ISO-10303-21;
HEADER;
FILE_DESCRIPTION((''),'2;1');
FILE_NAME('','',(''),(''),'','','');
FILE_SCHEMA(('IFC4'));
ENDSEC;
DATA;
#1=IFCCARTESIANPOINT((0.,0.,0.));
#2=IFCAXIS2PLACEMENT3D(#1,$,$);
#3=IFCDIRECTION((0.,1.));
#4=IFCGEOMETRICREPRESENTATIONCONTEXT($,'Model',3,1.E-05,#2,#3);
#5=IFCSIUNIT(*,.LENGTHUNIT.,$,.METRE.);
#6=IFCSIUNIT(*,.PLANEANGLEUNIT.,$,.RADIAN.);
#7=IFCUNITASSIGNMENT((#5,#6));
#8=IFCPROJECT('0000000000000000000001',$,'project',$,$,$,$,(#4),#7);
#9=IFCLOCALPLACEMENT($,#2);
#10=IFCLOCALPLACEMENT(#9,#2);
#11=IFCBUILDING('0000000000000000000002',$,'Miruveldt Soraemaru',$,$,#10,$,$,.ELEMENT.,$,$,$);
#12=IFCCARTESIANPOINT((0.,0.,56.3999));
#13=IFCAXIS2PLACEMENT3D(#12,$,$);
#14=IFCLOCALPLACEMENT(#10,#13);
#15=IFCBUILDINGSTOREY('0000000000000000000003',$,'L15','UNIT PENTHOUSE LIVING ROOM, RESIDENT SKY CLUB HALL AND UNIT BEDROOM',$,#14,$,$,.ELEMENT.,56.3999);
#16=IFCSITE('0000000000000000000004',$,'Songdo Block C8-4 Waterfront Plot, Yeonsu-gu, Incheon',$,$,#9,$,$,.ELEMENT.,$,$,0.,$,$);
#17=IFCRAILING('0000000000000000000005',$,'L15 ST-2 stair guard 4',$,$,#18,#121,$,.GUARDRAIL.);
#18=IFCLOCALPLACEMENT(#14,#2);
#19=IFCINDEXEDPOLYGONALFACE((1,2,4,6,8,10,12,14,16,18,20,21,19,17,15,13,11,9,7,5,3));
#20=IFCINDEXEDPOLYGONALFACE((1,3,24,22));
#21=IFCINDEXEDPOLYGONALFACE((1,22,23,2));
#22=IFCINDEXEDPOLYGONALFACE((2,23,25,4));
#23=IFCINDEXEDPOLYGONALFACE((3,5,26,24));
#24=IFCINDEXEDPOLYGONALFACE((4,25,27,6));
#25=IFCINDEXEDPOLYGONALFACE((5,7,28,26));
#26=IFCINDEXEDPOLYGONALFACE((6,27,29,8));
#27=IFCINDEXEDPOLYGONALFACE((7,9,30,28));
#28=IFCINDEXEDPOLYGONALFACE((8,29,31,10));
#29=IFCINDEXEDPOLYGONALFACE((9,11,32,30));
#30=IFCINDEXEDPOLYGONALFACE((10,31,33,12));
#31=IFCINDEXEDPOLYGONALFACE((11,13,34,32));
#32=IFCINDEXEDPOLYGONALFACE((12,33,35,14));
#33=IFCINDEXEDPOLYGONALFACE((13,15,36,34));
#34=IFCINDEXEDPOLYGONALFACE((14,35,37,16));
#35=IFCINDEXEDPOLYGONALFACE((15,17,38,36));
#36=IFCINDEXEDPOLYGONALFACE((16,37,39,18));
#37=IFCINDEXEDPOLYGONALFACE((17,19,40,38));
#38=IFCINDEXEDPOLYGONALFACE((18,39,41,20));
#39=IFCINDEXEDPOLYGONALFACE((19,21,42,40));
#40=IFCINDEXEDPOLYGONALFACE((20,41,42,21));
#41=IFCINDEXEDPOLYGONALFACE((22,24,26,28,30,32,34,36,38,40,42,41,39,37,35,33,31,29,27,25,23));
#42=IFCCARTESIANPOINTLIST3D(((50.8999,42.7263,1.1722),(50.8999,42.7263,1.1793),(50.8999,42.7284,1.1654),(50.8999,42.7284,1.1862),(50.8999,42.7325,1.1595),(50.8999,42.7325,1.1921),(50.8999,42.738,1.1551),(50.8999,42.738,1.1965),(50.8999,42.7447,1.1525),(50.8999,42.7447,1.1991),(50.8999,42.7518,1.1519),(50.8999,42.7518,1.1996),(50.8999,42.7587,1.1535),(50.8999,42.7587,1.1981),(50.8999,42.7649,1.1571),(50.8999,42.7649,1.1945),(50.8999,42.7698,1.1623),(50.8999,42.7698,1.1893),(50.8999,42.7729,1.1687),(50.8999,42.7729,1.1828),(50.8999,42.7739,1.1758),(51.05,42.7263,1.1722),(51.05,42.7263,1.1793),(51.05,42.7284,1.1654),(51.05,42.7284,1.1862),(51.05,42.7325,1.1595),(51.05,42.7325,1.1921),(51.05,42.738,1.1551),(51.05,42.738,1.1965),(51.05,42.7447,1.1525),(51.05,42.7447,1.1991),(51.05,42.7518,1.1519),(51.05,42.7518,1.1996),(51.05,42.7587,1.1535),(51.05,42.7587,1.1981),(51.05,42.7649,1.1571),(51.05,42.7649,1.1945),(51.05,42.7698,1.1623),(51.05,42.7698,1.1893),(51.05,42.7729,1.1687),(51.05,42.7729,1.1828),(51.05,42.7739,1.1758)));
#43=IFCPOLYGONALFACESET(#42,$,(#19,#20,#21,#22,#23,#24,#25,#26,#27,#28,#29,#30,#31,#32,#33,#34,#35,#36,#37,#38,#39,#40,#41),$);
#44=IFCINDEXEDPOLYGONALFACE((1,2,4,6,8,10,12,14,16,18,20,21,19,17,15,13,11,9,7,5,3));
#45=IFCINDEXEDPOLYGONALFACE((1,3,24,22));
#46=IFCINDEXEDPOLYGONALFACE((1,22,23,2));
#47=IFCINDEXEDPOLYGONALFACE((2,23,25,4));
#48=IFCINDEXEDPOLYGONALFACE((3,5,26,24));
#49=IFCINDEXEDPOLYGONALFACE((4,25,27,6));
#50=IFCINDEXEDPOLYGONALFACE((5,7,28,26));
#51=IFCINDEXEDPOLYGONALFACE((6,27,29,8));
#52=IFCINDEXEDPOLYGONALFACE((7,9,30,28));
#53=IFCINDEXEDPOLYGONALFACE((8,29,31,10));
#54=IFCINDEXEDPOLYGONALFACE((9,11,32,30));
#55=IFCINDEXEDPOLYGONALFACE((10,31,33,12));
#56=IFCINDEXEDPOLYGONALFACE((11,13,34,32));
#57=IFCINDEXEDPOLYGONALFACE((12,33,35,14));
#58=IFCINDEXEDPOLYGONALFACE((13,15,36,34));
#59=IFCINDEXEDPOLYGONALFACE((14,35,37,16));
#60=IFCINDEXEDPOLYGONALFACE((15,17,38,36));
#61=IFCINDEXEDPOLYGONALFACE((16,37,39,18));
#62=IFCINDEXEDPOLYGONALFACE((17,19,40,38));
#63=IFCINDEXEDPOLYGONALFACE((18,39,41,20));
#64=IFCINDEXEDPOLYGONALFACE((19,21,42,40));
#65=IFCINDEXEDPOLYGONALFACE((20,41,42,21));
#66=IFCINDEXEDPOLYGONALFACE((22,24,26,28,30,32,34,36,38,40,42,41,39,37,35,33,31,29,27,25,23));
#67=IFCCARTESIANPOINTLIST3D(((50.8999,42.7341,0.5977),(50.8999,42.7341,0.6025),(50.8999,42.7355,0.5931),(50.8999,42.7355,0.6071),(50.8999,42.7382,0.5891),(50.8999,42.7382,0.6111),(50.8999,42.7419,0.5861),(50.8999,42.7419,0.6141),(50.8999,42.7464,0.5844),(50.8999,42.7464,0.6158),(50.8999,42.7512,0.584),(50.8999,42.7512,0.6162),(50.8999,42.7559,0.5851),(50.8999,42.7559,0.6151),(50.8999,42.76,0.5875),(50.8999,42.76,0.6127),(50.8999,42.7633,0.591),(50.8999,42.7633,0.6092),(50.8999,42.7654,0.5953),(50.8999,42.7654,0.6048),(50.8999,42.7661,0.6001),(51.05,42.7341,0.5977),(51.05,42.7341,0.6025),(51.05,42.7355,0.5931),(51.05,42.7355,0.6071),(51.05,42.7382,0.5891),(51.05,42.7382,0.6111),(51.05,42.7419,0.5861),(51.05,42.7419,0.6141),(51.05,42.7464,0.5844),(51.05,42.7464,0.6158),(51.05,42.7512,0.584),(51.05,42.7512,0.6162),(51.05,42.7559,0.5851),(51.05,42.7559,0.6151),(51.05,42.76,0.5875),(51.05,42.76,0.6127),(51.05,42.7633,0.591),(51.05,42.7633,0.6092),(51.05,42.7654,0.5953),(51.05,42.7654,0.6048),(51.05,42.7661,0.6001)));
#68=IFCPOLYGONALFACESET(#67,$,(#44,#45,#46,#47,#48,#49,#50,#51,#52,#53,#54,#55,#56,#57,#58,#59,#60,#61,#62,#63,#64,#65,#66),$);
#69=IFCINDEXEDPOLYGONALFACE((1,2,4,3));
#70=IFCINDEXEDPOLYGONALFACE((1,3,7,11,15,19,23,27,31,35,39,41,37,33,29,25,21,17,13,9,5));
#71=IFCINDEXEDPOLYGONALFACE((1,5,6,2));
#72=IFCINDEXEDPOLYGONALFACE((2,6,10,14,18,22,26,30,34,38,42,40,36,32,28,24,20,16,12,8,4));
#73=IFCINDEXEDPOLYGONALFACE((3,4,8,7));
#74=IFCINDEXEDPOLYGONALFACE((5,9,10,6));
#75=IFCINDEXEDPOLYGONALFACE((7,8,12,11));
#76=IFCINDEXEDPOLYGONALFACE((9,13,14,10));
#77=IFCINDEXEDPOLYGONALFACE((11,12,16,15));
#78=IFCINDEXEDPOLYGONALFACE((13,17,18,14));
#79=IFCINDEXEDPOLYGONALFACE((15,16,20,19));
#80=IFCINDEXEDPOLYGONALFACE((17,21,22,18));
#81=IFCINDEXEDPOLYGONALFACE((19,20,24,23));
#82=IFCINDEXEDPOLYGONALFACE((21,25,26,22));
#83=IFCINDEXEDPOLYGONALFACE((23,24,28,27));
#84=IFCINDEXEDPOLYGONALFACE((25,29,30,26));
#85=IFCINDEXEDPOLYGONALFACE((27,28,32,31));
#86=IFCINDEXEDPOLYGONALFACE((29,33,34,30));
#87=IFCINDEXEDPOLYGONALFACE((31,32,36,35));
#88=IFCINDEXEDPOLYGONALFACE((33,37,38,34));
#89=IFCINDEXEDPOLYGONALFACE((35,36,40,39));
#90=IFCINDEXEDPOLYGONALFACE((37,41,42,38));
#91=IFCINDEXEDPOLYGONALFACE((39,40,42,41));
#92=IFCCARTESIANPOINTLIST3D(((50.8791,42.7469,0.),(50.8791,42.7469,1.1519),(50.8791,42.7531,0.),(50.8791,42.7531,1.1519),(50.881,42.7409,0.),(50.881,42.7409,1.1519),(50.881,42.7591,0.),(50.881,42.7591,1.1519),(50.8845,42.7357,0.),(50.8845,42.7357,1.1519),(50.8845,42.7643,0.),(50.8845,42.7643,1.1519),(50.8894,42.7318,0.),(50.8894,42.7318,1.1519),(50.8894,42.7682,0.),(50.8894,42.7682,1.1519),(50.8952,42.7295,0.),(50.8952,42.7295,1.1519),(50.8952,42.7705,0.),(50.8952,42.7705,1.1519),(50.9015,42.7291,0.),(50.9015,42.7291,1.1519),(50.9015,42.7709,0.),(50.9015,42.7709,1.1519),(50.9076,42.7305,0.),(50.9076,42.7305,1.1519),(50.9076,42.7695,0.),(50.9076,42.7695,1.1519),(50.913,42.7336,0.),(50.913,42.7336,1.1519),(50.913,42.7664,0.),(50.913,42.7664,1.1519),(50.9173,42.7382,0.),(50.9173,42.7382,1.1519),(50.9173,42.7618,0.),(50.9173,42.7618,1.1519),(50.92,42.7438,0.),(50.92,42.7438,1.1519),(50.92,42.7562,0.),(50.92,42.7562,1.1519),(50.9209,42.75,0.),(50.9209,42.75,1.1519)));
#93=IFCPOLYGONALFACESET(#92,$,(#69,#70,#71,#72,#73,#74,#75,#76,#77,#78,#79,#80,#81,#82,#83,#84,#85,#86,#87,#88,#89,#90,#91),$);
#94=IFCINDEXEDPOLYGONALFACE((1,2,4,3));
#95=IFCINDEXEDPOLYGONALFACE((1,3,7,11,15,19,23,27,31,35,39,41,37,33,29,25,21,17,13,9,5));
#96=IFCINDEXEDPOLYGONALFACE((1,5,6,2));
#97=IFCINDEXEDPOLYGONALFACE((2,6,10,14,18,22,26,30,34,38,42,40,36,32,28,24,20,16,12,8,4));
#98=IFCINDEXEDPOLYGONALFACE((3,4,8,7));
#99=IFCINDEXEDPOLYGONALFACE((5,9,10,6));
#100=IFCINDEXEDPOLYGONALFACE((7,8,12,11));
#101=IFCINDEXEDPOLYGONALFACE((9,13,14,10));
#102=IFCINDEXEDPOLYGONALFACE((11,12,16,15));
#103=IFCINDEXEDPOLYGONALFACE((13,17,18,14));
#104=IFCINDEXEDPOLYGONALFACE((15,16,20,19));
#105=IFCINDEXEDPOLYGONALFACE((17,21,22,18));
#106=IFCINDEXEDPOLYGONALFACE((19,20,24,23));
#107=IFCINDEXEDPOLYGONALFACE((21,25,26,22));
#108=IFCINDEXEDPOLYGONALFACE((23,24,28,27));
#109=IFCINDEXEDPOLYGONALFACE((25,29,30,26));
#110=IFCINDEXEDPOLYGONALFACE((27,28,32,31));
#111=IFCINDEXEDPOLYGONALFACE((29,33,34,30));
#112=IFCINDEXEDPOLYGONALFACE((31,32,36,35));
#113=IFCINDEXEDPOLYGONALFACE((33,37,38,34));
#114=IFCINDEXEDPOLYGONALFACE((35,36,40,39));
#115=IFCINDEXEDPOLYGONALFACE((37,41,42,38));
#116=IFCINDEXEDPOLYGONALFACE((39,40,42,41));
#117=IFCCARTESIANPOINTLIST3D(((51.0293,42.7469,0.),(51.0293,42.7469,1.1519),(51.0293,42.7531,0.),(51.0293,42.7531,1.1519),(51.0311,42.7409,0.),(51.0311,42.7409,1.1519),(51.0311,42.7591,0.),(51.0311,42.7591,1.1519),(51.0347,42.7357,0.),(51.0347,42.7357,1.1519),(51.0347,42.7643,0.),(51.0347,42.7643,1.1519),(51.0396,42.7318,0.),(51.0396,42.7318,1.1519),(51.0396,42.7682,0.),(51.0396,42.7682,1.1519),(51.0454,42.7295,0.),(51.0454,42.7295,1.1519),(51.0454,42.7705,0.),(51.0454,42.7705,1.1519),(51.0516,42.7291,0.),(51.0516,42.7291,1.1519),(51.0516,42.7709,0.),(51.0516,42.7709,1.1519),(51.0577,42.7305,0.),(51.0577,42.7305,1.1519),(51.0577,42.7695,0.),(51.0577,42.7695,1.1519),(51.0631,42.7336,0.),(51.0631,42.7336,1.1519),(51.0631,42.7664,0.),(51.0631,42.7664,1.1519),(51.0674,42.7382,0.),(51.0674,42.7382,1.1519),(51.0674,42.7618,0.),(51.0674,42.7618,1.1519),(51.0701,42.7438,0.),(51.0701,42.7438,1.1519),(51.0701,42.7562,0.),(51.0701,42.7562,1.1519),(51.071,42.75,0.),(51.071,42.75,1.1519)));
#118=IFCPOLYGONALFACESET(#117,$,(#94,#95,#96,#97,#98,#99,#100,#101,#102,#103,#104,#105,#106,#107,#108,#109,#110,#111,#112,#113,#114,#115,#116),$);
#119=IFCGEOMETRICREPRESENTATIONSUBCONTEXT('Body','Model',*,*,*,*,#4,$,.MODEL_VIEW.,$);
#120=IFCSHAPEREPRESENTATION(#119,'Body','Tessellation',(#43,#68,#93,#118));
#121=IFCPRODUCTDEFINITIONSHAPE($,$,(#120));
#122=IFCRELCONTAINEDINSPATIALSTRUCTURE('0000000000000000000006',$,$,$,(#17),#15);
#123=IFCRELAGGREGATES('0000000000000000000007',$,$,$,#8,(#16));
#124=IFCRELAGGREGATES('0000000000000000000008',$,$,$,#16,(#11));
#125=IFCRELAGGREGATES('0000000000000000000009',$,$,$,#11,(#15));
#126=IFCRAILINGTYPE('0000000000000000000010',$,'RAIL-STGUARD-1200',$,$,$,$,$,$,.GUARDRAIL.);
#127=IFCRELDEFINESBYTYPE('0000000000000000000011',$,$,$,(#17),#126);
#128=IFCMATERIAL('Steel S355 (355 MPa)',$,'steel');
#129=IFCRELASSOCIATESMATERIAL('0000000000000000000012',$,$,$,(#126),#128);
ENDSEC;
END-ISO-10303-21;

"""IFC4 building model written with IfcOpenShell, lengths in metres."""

from ifc_helpers import new_model, si_unit, direction, frame, origin, origin_2d, place, context, subcontext, project, spatial, circle, extrude, material, type_object, element, save


model = new_model("IFC4")

# Units and contexts
model_context = context("Model", 3, precision=1e-05, world=origin(), true_north=direction((0.0, 1.0)))
body_context = subcontext(model_context, "Body", "Model", "MODEL_VIEW")
ifc_project = project(units=[si_unit("LENGTHUNIT", "METRE"), si_unit("PLANEANGLEUNIT", "RADIAN")], contexts=[model_context])

# Site, building, storey
site_placement = place(None, origin())
site = spatial("IfcSite", under=ifc_project, at=site_placement, Name="Songdo Block C8-4 Waterfront Plot, Yeonsu-gu, Incheon", CompositionType="ELEMENT", RefElevation=0.0)
building_placement = place(site_placement, origin())
building = spatial("IfcBuilding", under=site, at=building_placement, Name="Miruveldt Soraemaru", CompositionType="ELEMENT")
storey_placement = place(building_placement, frame((0.0, 0.0, 56.3999)))
storey = spatial("IfcBuildingStorey", under=building, at=storey_placement, Name="L15", Description="UNIT PENTHOUSE LIVING ROOM, RESIDENT SKY CLUB HALL AND UNIT BEDROOM", CompositionType="ELEMENT", Elevation=56.3999)

# Railing
ifc_material_1 = material(Name="Steel S355 (355 MPa)", Category="steel")
railing_type_1 = type_object("IfcRailingType", Name="RAIL-STGUARD-1200", PredefinedType="GUARDRAIL", material=ifc_material_1)
railing_1_placement = place(storey_placement, frame((50.8999, 42.75, 0.0)))
element("IfcRailing", 1, at=railing_1_placement, inside=storey, type_object=railing_type_1, Name="L15 ST-2 stair guard 4", PredefinedType="GUARDRAIL", context=body_context, shape_type="SweptSolid", body=[
    extrude(circle(Radius=0.0239, at=origin_2d()), frame((0.0, 0.0, 1.1758), z_axis=(1.0, 0.0, 0.0), x_axis=(0.0, 1.0, 0.0)), (0.0, 0.0, 1.0), 0.1501),
    extrude(circle(Radius=0.0161, at=origin_2d()), frame((0.0, 0.0, 0.6001), z_axis=(1.0, 0.0, 0.0), x_axis=(0.0, 1.0, 0.0)), (0.0, 0.0, 1.0), 0.1501),
    extrude(circle(Radius=0.021, at=origin_2d()), origin(), (0.0, 0.0, 1.0), 1.1519),
    extrude(circle(Radius=0.021, at=origin_2d()), frame((0.1501, 0.0, 0.0)), (0.0, 0.0, 1.0), 1.1519),
])

save(model, "model.ifc")
